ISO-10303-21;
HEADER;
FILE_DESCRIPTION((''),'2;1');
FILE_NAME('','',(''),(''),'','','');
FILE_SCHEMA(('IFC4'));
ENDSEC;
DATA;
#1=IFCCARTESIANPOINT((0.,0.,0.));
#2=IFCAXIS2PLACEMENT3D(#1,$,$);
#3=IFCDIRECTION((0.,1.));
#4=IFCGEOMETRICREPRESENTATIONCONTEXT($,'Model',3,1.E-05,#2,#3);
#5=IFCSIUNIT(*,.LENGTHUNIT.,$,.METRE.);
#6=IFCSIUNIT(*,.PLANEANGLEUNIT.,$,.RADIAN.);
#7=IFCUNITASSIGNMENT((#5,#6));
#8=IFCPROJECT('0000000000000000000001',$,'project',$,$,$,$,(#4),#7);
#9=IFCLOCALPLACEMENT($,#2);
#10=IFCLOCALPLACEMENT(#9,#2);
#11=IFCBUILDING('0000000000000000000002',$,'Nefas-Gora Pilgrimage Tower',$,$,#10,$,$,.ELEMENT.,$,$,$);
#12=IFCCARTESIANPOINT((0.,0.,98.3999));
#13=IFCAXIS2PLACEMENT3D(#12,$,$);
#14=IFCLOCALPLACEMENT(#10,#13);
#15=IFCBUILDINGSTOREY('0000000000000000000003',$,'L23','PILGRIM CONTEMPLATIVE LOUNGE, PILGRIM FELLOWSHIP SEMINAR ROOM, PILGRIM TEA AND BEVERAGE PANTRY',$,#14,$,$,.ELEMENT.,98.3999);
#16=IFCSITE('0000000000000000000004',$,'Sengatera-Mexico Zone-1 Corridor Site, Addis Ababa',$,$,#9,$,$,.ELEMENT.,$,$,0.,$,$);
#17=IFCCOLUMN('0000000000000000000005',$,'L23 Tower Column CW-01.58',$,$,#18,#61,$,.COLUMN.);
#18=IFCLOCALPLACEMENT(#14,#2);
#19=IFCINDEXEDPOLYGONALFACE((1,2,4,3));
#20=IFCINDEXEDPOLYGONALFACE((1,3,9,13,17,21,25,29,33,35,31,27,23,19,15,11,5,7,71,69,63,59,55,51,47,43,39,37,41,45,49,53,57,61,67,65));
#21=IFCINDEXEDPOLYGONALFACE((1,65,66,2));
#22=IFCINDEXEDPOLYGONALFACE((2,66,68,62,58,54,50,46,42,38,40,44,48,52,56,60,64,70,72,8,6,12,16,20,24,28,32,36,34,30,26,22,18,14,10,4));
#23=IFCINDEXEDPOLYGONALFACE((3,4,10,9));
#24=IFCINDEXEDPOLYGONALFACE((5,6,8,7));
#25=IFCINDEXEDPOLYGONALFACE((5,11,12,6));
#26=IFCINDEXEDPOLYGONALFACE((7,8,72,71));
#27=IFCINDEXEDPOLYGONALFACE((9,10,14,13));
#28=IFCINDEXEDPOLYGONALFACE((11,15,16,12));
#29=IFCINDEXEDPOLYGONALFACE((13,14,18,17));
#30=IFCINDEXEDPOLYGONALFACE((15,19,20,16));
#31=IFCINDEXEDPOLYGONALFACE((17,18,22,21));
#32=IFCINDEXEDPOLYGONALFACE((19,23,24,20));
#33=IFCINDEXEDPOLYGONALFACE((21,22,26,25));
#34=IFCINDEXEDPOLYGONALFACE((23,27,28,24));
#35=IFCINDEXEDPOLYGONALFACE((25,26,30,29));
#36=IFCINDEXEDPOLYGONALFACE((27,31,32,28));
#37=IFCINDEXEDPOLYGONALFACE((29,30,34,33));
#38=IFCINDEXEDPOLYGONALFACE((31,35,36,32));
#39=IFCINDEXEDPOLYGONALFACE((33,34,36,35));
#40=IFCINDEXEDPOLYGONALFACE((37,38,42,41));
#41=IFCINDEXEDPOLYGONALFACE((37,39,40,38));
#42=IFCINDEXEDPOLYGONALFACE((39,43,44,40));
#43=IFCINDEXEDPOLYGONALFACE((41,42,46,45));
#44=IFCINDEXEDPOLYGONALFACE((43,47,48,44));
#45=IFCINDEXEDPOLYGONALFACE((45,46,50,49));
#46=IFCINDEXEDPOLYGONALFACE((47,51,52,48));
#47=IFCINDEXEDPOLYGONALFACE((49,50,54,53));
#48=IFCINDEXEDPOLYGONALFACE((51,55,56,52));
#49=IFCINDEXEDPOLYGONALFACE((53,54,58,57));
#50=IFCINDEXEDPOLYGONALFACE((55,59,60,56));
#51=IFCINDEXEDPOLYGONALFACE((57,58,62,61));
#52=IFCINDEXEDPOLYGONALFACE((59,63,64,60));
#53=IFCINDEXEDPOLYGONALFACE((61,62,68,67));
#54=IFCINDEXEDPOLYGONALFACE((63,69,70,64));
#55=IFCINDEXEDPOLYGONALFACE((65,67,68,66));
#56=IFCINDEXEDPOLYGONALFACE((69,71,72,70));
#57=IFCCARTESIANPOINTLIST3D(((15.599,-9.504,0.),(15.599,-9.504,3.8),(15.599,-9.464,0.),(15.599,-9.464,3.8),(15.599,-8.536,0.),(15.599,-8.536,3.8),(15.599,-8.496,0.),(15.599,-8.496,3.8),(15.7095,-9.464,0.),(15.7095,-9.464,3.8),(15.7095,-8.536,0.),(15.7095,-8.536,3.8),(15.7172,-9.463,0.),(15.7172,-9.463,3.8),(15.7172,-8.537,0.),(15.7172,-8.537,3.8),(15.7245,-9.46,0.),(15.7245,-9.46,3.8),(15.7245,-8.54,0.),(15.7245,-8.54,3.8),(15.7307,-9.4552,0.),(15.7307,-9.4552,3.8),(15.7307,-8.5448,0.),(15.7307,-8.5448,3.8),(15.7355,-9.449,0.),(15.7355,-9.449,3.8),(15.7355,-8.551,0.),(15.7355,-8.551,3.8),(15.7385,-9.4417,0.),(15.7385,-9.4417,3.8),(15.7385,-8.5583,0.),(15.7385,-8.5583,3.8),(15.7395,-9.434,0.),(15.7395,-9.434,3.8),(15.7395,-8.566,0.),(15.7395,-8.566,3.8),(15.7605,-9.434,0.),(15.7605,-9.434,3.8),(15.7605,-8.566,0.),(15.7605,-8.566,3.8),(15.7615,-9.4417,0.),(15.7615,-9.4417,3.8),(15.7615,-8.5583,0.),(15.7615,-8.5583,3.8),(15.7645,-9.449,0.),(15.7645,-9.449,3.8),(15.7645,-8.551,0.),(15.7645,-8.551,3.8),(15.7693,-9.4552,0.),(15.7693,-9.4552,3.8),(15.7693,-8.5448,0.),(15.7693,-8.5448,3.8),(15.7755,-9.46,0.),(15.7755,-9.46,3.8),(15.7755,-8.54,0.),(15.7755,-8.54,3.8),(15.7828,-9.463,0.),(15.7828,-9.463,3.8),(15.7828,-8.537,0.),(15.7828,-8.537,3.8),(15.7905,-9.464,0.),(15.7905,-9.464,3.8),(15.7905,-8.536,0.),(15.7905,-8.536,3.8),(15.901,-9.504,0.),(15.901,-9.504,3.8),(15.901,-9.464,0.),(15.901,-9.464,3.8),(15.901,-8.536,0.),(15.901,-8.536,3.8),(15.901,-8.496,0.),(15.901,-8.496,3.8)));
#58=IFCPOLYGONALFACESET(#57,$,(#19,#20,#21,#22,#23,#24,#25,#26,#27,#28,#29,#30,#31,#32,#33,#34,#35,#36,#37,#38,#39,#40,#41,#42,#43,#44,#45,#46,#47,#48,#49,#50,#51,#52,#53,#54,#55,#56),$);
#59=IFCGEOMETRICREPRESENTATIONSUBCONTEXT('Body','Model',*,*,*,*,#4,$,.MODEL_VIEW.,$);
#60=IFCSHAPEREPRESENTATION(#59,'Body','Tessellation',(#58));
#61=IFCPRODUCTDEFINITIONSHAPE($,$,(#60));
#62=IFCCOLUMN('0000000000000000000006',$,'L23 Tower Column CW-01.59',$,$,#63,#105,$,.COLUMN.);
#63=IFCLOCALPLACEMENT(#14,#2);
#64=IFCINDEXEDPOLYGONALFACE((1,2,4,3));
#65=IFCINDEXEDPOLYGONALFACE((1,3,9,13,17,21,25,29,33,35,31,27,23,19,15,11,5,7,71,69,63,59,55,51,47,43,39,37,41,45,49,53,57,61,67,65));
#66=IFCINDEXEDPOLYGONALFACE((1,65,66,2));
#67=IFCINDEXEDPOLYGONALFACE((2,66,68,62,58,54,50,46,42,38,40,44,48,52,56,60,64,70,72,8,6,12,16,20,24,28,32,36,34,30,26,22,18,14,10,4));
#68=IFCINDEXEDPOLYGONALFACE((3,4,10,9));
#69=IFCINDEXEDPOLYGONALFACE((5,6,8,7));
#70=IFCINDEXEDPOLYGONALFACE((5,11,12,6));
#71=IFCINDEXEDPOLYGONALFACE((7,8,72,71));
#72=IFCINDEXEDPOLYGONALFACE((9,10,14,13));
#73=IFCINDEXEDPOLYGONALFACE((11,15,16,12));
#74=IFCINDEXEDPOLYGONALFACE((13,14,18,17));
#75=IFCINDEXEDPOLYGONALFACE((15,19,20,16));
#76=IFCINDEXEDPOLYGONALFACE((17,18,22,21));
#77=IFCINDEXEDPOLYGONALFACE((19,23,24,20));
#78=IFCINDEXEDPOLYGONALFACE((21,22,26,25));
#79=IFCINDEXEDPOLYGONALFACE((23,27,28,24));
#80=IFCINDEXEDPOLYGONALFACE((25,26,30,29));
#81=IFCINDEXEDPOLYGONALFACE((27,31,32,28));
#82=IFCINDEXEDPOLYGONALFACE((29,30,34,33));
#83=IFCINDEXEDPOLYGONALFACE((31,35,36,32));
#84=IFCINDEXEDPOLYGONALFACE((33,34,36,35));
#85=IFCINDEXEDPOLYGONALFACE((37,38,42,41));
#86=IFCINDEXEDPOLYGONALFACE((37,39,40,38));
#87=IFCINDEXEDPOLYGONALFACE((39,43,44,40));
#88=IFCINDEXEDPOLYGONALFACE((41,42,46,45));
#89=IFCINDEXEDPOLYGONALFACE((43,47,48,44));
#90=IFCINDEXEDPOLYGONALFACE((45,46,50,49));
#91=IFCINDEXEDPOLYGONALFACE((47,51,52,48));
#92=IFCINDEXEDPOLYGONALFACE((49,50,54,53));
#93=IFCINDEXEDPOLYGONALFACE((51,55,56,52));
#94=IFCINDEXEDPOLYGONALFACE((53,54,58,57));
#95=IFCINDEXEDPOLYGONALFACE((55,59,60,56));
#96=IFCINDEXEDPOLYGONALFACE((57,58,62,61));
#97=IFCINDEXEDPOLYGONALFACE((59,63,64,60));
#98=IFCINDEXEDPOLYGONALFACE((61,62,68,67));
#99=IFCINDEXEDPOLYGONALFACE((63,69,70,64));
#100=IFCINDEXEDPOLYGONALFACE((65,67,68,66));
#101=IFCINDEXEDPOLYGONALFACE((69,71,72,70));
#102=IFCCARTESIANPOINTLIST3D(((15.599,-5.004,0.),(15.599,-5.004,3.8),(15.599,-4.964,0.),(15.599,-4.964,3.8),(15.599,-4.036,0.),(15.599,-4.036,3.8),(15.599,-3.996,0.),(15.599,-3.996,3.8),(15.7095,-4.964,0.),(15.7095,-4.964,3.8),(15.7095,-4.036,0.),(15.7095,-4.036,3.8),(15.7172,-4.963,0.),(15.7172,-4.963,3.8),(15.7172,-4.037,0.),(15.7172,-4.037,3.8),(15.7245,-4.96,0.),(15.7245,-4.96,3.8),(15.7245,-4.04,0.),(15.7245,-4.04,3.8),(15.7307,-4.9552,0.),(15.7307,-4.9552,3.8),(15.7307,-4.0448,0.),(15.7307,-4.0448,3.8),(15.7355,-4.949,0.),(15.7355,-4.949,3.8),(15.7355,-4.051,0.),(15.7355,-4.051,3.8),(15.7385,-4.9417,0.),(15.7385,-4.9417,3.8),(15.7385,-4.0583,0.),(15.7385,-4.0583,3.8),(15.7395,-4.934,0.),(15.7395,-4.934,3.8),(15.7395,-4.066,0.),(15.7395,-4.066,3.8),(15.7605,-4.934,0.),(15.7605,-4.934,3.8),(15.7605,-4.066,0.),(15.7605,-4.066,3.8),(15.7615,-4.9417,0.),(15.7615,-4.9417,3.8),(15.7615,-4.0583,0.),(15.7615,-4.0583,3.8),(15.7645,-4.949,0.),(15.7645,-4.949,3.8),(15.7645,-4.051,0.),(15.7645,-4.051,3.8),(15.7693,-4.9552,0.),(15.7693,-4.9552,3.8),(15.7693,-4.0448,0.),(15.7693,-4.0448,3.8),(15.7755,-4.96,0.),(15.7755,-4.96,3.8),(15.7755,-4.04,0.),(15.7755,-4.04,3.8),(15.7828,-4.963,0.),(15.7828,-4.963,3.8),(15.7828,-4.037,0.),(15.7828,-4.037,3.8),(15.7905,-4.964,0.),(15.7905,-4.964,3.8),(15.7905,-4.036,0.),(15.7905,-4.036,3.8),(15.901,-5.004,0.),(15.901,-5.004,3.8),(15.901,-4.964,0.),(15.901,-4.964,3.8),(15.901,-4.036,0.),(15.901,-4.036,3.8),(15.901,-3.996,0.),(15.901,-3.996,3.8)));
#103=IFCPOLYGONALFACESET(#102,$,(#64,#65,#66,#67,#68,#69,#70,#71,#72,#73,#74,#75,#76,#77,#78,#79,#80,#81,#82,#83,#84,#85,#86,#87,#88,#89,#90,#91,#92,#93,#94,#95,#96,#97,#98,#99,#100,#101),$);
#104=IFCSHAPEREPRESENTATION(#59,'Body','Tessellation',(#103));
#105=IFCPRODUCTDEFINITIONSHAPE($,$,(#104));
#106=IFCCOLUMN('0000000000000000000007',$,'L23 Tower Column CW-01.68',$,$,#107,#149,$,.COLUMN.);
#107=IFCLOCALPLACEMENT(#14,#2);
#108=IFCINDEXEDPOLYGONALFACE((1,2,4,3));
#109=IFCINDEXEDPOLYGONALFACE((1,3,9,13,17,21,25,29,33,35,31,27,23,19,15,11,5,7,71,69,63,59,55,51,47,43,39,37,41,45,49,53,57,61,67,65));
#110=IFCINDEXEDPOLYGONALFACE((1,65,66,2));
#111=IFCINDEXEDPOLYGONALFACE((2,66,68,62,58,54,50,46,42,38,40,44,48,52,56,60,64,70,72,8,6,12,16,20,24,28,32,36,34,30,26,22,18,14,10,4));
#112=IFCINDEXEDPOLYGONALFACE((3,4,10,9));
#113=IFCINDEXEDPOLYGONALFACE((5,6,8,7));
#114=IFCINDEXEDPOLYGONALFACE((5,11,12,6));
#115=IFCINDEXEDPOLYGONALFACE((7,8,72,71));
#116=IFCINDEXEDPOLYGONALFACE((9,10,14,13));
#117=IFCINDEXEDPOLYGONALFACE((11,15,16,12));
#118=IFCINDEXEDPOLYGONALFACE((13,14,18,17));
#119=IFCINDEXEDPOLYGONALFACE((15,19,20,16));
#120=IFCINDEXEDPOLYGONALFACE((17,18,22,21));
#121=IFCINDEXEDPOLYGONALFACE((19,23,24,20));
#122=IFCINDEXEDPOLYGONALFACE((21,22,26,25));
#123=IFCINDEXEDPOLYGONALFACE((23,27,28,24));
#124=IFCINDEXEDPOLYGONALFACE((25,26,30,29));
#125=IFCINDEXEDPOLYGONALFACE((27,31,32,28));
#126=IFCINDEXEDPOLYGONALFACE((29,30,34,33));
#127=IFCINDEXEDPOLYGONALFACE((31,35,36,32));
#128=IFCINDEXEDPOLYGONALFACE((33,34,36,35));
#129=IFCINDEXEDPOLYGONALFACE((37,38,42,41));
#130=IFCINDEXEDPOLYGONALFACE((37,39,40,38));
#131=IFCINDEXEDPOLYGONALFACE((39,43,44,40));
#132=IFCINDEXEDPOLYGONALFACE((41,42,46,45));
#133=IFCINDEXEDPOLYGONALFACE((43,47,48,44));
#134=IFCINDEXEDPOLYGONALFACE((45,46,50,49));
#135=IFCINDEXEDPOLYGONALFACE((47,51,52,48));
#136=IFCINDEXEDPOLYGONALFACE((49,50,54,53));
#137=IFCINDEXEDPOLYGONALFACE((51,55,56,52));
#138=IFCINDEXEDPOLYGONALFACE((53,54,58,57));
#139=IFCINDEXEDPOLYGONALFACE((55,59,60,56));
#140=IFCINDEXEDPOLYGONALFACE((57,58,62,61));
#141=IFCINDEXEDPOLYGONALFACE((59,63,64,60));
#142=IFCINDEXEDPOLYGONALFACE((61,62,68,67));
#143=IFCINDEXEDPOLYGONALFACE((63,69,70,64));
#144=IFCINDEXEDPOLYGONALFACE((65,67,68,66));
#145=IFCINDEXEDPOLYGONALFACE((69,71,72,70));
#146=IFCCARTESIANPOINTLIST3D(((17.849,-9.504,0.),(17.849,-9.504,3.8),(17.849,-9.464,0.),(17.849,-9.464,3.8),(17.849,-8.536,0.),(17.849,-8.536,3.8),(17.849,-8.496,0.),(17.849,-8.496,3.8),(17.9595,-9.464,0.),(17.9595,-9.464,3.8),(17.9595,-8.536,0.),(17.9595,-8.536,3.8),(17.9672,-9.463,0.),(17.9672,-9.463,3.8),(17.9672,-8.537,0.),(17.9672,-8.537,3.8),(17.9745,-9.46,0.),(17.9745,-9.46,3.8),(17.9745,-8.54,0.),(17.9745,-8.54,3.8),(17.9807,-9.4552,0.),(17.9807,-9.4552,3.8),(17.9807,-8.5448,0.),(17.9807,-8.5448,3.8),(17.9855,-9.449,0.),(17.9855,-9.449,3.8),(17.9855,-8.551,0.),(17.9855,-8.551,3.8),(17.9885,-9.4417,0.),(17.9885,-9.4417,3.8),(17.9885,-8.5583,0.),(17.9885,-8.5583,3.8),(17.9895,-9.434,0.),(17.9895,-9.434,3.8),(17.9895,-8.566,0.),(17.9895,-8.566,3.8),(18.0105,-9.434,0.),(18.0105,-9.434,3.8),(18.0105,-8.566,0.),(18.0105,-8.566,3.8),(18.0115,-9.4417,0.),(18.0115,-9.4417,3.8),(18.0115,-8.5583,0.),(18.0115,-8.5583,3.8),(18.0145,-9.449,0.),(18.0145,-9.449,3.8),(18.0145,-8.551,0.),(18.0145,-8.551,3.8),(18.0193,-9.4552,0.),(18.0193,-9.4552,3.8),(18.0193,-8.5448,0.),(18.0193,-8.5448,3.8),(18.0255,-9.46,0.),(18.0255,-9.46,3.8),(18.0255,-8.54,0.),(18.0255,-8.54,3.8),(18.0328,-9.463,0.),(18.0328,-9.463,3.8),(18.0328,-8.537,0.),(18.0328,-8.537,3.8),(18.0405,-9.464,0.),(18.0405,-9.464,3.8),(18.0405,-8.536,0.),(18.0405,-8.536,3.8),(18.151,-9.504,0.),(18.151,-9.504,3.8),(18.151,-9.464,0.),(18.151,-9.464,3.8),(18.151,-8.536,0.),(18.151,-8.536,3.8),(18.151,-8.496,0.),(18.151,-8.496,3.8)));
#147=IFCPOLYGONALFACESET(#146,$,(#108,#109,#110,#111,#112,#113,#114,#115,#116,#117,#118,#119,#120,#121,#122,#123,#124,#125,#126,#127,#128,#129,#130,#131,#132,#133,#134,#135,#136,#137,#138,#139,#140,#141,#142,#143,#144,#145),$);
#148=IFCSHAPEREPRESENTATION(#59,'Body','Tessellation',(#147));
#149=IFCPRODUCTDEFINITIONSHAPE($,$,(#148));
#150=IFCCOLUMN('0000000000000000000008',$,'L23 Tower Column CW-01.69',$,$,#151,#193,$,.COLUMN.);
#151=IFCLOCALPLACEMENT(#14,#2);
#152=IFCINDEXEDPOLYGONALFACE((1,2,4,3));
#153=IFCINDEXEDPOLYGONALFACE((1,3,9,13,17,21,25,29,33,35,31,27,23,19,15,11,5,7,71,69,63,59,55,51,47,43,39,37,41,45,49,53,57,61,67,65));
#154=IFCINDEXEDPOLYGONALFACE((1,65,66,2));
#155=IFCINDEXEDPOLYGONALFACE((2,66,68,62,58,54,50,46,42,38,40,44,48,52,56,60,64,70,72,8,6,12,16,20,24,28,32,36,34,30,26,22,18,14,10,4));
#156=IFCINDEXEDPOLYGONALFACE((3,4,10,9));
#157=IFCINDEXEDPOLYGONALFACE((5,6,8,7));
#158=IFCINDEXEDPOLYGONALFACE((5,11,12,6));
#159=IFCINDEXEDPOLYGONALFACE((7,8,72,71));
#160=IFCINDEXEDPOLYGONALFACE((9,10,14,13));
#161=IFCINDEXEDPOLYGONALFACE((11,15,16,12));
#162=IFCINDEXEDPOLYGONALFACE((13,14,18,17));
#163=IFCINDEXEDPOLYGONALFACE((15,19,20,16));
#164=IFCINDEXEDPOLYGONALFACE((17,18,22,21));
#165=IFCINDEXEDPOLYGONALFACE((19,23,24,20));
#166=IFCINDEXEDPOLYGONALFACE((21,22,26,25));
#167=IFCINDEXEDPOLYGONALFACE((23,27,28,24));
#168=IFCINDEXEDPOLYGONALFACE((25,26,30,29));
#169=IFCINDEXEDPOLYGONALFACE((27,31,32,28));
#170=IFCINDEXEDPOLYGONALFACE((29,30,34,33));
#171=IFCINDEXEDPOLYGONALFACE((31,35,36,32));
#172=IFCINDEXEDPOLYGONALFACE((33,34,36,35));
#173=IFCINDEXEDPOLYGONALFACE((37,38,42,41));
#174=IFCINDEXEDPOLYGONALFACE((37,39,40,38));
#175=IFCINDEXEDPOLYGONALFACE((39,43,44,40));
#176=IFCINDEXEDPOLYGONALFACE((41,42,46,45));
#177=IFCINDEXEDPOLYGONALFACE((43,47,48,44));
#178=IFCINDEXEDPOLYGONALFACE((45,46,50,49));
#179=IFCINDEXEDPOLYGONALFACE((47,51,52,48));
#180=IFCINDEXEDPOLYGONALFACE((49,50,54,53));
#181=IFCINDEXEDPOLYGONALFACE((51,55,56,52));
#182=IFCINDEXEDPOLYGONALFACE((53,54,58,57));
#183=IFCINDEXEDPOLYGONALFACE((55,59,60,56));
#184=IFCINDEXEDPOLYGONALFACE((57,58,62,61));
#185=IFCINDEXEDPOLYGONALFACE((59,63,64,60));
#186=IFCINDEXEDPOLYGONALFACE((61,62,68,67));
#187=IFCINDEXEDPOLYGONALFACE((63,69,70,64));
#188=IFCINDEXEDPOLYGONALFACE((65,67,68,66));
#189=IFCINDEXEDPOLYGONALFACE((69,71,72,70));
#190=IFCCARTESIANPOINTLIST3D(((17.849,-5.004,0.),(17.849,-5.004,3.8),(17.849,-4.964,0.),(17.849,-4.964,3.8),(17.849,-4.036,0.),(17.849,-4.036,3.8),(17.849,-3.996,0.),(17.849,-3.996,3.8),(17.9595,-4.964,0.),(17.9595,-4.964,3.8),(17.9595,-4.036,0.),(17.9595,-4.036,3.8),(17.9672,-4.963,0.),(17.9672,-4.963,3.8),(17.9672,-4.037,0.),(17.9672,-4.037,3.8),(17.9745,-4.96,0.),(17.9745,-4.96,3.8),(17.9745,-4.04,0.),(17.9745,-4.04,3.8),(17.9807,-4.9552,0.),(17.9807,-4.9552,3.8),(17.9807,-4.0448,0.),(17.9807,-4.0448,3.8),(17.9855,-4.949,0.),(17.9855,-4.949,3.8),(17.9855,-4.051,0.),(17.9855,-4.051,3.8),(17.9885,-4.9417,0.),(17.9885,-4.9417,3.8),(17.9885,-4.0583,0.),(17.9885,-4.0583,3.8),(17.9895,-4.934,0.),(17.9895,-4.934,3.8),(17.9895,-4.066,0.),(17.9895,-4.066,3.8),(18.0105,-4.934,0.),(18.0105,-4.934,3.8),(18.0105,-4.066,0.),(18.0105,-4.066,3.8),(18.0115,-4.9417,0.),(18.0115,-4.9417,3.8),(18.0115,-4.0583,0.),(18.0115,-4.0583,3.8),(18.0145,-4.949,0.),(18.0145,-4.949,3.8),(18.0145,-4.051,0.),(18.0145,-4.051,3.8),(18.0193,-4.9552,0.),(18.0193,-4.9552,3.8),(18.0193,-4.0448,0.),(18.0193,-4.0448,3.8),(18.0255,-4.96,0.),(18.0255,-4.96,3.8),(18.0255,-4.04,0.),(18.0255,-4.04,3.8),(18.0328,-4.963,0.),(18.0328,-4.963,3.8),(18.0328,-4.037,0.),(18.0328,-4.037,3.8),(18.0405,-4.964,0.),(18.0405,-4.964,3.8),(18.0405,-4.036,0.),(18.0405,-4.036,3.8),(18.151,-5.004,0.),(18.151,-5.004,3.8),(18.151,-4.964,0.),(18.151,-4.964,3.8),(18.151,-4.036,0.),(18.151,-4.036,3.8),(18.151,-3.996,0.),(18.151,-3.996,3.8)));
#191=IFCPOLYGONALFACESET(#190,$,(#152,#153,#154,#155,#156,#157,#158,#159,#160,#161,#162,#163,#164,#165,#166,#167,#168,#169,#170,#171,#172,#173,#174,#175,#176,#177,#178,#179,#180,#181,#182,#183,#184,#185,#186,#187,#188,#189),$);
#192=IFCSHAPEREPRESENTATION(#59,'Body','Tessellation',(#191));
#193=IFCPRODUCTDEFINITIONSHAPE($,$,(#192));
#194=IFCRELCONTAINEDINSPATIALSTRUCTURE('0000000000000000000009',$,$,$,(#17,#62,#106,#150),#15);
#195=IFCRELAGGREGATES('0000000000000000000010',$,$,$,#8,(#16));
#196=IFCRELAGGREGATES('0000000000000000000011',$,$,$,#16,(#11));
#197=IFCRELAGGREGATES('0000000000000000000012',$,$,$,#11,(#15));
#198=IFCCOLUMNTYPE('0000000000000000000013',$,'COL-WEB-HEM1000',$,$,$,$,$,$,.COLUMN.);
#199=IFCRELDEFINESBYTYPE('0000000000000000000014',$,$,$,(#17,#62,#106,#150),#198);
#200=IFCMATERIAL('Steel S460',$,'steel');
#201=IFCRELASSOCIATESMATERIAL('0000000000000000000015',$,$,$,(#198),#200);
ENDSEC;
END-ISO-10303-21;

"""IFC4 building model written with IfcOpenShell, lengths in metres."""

from ifc_helpers import new_model, si_unit, direction, frame, origin, origin_2d, place, context, subcontext, project, spatial, i_section, extrude, source, transform, mapped, material, material_profile, profile_set, type_object, element, save


model = new_model("IFC4")

# Units and contexts
model_context = context("Model", 3, precision=1e-05, world=origin(), true_north=direction((0.0, 1.0)))
body_context = subcontext(model_context, "Body", "Model", "MODEL_VIEW")
ifc_project = project(units=[si_unit("LENGTHUNIT", "METRE"), si_unit("PLANEANGLEUNIT", "RADIAN")], contexts=[model_context])

# Site, building, storey
site_placement = place(None, origin())
site = spatial("IfcSite", under=ifc_project, at=site_placement, Name="Sengatera-Mexico Zone-1 Corridor Site, Addis Ababa", CompositionType="ELEMENT", RefElevation=0.0)
building_placement = place(site_placement, origin())
building = spatial("IfcBuilding", under=site, at=building_placement, Name="Nefas-Gora Pilgrimage Tower", CompositionType="ELEMENT")
storey_placement = place(building_placement, frame((0.0, 0.0, 98.3999)))
storey = spatial("IfcBuildingStorey", under=building, at=storey_placement, Name="L23", Description="PILGRIM CONTEMPLATIVE LOUNGE, PILGRIM FELLOWSHIP SEMINAR ROOM, PILGRIM TEA AND BEVERAGE PANTRY", CompositionType="ELEMENT", Elevation=98.3999)

# Columns
ifc_material_1 = material(Name="Steel S460", Category="steel")
ifc_material_profile_1 = material_profile(ifc_material_1, i_section(OverallWidth=0.302, OverallDepth=1.0081, WebThickness=0.021, FlangeThickness=0.04, FilletRadius=0.03, at=origin_2d()), Name="HEM 1000")
ifc_profile_set_1 = profile_set([ifc_material_profile_1], Name="Steel S460")
column_type_1 = type_object("IfcColumnType", Name="COL-WEB-HEM1000", PredefinedType="COLUMN", material=ifc_profile_set_1)
shared_shape_1 = source(origin(), body_context, "Body", "SweptSolid", [
    extrude(i_section(OverallWidth=0.302, OverallDepth=1.0081, WebThickness=0.021, FlangeThickness=0.04, FilletRadius=0.03, at=origin_2d()), origin(), (0.0, 0.0, 1.0), 3.8),
])
for number, where, z_axis, x_axis, name in (
    (1, (15.75, -9.0, 0.0), (0.0, 0.0, 1.0), (1.0, 0.0, 0.0), "L23 Tower Column CW-01.58"),
    (2, (15.75, -4.5, 0.0), (0.0, 0.0, 1.0), (1.0, 0.0, 0.0), "L23 Tower Column CW-01.59"),
    (3, (18.0, -9.0, 0.0), (0.0, 0.0, 1.0), (1.0, 0.0, 0.0), "L23 Tower Column CW-01.68"),
    (4, (18.0, -4.5, 0.0), (0.0, 0.0, 1.0), (1.0, 0.0, 0.0), "L23 Tower Column CW-01.69"),
):
    element("IfcColumn", number, at=place(storey_placement, frame(where, z_axis=z_axis, x_axis=x_axis)), inside=storey, type_object=column_type_1, Name=name, PredefinedType="COLUMN", context=body_context, shape_type="MappedRepresentation", body=[
        mapped(shared_shape_1, transform((0.0, 0.0, 0.0), x_axis=(1.0, 0.0, 0.0), y_axis=(0.0, 1.0, 0.0), z_axis=(0.0, 0.0, 1.0), scale=1.0)),
    ])

save(model, "model.ifc")
